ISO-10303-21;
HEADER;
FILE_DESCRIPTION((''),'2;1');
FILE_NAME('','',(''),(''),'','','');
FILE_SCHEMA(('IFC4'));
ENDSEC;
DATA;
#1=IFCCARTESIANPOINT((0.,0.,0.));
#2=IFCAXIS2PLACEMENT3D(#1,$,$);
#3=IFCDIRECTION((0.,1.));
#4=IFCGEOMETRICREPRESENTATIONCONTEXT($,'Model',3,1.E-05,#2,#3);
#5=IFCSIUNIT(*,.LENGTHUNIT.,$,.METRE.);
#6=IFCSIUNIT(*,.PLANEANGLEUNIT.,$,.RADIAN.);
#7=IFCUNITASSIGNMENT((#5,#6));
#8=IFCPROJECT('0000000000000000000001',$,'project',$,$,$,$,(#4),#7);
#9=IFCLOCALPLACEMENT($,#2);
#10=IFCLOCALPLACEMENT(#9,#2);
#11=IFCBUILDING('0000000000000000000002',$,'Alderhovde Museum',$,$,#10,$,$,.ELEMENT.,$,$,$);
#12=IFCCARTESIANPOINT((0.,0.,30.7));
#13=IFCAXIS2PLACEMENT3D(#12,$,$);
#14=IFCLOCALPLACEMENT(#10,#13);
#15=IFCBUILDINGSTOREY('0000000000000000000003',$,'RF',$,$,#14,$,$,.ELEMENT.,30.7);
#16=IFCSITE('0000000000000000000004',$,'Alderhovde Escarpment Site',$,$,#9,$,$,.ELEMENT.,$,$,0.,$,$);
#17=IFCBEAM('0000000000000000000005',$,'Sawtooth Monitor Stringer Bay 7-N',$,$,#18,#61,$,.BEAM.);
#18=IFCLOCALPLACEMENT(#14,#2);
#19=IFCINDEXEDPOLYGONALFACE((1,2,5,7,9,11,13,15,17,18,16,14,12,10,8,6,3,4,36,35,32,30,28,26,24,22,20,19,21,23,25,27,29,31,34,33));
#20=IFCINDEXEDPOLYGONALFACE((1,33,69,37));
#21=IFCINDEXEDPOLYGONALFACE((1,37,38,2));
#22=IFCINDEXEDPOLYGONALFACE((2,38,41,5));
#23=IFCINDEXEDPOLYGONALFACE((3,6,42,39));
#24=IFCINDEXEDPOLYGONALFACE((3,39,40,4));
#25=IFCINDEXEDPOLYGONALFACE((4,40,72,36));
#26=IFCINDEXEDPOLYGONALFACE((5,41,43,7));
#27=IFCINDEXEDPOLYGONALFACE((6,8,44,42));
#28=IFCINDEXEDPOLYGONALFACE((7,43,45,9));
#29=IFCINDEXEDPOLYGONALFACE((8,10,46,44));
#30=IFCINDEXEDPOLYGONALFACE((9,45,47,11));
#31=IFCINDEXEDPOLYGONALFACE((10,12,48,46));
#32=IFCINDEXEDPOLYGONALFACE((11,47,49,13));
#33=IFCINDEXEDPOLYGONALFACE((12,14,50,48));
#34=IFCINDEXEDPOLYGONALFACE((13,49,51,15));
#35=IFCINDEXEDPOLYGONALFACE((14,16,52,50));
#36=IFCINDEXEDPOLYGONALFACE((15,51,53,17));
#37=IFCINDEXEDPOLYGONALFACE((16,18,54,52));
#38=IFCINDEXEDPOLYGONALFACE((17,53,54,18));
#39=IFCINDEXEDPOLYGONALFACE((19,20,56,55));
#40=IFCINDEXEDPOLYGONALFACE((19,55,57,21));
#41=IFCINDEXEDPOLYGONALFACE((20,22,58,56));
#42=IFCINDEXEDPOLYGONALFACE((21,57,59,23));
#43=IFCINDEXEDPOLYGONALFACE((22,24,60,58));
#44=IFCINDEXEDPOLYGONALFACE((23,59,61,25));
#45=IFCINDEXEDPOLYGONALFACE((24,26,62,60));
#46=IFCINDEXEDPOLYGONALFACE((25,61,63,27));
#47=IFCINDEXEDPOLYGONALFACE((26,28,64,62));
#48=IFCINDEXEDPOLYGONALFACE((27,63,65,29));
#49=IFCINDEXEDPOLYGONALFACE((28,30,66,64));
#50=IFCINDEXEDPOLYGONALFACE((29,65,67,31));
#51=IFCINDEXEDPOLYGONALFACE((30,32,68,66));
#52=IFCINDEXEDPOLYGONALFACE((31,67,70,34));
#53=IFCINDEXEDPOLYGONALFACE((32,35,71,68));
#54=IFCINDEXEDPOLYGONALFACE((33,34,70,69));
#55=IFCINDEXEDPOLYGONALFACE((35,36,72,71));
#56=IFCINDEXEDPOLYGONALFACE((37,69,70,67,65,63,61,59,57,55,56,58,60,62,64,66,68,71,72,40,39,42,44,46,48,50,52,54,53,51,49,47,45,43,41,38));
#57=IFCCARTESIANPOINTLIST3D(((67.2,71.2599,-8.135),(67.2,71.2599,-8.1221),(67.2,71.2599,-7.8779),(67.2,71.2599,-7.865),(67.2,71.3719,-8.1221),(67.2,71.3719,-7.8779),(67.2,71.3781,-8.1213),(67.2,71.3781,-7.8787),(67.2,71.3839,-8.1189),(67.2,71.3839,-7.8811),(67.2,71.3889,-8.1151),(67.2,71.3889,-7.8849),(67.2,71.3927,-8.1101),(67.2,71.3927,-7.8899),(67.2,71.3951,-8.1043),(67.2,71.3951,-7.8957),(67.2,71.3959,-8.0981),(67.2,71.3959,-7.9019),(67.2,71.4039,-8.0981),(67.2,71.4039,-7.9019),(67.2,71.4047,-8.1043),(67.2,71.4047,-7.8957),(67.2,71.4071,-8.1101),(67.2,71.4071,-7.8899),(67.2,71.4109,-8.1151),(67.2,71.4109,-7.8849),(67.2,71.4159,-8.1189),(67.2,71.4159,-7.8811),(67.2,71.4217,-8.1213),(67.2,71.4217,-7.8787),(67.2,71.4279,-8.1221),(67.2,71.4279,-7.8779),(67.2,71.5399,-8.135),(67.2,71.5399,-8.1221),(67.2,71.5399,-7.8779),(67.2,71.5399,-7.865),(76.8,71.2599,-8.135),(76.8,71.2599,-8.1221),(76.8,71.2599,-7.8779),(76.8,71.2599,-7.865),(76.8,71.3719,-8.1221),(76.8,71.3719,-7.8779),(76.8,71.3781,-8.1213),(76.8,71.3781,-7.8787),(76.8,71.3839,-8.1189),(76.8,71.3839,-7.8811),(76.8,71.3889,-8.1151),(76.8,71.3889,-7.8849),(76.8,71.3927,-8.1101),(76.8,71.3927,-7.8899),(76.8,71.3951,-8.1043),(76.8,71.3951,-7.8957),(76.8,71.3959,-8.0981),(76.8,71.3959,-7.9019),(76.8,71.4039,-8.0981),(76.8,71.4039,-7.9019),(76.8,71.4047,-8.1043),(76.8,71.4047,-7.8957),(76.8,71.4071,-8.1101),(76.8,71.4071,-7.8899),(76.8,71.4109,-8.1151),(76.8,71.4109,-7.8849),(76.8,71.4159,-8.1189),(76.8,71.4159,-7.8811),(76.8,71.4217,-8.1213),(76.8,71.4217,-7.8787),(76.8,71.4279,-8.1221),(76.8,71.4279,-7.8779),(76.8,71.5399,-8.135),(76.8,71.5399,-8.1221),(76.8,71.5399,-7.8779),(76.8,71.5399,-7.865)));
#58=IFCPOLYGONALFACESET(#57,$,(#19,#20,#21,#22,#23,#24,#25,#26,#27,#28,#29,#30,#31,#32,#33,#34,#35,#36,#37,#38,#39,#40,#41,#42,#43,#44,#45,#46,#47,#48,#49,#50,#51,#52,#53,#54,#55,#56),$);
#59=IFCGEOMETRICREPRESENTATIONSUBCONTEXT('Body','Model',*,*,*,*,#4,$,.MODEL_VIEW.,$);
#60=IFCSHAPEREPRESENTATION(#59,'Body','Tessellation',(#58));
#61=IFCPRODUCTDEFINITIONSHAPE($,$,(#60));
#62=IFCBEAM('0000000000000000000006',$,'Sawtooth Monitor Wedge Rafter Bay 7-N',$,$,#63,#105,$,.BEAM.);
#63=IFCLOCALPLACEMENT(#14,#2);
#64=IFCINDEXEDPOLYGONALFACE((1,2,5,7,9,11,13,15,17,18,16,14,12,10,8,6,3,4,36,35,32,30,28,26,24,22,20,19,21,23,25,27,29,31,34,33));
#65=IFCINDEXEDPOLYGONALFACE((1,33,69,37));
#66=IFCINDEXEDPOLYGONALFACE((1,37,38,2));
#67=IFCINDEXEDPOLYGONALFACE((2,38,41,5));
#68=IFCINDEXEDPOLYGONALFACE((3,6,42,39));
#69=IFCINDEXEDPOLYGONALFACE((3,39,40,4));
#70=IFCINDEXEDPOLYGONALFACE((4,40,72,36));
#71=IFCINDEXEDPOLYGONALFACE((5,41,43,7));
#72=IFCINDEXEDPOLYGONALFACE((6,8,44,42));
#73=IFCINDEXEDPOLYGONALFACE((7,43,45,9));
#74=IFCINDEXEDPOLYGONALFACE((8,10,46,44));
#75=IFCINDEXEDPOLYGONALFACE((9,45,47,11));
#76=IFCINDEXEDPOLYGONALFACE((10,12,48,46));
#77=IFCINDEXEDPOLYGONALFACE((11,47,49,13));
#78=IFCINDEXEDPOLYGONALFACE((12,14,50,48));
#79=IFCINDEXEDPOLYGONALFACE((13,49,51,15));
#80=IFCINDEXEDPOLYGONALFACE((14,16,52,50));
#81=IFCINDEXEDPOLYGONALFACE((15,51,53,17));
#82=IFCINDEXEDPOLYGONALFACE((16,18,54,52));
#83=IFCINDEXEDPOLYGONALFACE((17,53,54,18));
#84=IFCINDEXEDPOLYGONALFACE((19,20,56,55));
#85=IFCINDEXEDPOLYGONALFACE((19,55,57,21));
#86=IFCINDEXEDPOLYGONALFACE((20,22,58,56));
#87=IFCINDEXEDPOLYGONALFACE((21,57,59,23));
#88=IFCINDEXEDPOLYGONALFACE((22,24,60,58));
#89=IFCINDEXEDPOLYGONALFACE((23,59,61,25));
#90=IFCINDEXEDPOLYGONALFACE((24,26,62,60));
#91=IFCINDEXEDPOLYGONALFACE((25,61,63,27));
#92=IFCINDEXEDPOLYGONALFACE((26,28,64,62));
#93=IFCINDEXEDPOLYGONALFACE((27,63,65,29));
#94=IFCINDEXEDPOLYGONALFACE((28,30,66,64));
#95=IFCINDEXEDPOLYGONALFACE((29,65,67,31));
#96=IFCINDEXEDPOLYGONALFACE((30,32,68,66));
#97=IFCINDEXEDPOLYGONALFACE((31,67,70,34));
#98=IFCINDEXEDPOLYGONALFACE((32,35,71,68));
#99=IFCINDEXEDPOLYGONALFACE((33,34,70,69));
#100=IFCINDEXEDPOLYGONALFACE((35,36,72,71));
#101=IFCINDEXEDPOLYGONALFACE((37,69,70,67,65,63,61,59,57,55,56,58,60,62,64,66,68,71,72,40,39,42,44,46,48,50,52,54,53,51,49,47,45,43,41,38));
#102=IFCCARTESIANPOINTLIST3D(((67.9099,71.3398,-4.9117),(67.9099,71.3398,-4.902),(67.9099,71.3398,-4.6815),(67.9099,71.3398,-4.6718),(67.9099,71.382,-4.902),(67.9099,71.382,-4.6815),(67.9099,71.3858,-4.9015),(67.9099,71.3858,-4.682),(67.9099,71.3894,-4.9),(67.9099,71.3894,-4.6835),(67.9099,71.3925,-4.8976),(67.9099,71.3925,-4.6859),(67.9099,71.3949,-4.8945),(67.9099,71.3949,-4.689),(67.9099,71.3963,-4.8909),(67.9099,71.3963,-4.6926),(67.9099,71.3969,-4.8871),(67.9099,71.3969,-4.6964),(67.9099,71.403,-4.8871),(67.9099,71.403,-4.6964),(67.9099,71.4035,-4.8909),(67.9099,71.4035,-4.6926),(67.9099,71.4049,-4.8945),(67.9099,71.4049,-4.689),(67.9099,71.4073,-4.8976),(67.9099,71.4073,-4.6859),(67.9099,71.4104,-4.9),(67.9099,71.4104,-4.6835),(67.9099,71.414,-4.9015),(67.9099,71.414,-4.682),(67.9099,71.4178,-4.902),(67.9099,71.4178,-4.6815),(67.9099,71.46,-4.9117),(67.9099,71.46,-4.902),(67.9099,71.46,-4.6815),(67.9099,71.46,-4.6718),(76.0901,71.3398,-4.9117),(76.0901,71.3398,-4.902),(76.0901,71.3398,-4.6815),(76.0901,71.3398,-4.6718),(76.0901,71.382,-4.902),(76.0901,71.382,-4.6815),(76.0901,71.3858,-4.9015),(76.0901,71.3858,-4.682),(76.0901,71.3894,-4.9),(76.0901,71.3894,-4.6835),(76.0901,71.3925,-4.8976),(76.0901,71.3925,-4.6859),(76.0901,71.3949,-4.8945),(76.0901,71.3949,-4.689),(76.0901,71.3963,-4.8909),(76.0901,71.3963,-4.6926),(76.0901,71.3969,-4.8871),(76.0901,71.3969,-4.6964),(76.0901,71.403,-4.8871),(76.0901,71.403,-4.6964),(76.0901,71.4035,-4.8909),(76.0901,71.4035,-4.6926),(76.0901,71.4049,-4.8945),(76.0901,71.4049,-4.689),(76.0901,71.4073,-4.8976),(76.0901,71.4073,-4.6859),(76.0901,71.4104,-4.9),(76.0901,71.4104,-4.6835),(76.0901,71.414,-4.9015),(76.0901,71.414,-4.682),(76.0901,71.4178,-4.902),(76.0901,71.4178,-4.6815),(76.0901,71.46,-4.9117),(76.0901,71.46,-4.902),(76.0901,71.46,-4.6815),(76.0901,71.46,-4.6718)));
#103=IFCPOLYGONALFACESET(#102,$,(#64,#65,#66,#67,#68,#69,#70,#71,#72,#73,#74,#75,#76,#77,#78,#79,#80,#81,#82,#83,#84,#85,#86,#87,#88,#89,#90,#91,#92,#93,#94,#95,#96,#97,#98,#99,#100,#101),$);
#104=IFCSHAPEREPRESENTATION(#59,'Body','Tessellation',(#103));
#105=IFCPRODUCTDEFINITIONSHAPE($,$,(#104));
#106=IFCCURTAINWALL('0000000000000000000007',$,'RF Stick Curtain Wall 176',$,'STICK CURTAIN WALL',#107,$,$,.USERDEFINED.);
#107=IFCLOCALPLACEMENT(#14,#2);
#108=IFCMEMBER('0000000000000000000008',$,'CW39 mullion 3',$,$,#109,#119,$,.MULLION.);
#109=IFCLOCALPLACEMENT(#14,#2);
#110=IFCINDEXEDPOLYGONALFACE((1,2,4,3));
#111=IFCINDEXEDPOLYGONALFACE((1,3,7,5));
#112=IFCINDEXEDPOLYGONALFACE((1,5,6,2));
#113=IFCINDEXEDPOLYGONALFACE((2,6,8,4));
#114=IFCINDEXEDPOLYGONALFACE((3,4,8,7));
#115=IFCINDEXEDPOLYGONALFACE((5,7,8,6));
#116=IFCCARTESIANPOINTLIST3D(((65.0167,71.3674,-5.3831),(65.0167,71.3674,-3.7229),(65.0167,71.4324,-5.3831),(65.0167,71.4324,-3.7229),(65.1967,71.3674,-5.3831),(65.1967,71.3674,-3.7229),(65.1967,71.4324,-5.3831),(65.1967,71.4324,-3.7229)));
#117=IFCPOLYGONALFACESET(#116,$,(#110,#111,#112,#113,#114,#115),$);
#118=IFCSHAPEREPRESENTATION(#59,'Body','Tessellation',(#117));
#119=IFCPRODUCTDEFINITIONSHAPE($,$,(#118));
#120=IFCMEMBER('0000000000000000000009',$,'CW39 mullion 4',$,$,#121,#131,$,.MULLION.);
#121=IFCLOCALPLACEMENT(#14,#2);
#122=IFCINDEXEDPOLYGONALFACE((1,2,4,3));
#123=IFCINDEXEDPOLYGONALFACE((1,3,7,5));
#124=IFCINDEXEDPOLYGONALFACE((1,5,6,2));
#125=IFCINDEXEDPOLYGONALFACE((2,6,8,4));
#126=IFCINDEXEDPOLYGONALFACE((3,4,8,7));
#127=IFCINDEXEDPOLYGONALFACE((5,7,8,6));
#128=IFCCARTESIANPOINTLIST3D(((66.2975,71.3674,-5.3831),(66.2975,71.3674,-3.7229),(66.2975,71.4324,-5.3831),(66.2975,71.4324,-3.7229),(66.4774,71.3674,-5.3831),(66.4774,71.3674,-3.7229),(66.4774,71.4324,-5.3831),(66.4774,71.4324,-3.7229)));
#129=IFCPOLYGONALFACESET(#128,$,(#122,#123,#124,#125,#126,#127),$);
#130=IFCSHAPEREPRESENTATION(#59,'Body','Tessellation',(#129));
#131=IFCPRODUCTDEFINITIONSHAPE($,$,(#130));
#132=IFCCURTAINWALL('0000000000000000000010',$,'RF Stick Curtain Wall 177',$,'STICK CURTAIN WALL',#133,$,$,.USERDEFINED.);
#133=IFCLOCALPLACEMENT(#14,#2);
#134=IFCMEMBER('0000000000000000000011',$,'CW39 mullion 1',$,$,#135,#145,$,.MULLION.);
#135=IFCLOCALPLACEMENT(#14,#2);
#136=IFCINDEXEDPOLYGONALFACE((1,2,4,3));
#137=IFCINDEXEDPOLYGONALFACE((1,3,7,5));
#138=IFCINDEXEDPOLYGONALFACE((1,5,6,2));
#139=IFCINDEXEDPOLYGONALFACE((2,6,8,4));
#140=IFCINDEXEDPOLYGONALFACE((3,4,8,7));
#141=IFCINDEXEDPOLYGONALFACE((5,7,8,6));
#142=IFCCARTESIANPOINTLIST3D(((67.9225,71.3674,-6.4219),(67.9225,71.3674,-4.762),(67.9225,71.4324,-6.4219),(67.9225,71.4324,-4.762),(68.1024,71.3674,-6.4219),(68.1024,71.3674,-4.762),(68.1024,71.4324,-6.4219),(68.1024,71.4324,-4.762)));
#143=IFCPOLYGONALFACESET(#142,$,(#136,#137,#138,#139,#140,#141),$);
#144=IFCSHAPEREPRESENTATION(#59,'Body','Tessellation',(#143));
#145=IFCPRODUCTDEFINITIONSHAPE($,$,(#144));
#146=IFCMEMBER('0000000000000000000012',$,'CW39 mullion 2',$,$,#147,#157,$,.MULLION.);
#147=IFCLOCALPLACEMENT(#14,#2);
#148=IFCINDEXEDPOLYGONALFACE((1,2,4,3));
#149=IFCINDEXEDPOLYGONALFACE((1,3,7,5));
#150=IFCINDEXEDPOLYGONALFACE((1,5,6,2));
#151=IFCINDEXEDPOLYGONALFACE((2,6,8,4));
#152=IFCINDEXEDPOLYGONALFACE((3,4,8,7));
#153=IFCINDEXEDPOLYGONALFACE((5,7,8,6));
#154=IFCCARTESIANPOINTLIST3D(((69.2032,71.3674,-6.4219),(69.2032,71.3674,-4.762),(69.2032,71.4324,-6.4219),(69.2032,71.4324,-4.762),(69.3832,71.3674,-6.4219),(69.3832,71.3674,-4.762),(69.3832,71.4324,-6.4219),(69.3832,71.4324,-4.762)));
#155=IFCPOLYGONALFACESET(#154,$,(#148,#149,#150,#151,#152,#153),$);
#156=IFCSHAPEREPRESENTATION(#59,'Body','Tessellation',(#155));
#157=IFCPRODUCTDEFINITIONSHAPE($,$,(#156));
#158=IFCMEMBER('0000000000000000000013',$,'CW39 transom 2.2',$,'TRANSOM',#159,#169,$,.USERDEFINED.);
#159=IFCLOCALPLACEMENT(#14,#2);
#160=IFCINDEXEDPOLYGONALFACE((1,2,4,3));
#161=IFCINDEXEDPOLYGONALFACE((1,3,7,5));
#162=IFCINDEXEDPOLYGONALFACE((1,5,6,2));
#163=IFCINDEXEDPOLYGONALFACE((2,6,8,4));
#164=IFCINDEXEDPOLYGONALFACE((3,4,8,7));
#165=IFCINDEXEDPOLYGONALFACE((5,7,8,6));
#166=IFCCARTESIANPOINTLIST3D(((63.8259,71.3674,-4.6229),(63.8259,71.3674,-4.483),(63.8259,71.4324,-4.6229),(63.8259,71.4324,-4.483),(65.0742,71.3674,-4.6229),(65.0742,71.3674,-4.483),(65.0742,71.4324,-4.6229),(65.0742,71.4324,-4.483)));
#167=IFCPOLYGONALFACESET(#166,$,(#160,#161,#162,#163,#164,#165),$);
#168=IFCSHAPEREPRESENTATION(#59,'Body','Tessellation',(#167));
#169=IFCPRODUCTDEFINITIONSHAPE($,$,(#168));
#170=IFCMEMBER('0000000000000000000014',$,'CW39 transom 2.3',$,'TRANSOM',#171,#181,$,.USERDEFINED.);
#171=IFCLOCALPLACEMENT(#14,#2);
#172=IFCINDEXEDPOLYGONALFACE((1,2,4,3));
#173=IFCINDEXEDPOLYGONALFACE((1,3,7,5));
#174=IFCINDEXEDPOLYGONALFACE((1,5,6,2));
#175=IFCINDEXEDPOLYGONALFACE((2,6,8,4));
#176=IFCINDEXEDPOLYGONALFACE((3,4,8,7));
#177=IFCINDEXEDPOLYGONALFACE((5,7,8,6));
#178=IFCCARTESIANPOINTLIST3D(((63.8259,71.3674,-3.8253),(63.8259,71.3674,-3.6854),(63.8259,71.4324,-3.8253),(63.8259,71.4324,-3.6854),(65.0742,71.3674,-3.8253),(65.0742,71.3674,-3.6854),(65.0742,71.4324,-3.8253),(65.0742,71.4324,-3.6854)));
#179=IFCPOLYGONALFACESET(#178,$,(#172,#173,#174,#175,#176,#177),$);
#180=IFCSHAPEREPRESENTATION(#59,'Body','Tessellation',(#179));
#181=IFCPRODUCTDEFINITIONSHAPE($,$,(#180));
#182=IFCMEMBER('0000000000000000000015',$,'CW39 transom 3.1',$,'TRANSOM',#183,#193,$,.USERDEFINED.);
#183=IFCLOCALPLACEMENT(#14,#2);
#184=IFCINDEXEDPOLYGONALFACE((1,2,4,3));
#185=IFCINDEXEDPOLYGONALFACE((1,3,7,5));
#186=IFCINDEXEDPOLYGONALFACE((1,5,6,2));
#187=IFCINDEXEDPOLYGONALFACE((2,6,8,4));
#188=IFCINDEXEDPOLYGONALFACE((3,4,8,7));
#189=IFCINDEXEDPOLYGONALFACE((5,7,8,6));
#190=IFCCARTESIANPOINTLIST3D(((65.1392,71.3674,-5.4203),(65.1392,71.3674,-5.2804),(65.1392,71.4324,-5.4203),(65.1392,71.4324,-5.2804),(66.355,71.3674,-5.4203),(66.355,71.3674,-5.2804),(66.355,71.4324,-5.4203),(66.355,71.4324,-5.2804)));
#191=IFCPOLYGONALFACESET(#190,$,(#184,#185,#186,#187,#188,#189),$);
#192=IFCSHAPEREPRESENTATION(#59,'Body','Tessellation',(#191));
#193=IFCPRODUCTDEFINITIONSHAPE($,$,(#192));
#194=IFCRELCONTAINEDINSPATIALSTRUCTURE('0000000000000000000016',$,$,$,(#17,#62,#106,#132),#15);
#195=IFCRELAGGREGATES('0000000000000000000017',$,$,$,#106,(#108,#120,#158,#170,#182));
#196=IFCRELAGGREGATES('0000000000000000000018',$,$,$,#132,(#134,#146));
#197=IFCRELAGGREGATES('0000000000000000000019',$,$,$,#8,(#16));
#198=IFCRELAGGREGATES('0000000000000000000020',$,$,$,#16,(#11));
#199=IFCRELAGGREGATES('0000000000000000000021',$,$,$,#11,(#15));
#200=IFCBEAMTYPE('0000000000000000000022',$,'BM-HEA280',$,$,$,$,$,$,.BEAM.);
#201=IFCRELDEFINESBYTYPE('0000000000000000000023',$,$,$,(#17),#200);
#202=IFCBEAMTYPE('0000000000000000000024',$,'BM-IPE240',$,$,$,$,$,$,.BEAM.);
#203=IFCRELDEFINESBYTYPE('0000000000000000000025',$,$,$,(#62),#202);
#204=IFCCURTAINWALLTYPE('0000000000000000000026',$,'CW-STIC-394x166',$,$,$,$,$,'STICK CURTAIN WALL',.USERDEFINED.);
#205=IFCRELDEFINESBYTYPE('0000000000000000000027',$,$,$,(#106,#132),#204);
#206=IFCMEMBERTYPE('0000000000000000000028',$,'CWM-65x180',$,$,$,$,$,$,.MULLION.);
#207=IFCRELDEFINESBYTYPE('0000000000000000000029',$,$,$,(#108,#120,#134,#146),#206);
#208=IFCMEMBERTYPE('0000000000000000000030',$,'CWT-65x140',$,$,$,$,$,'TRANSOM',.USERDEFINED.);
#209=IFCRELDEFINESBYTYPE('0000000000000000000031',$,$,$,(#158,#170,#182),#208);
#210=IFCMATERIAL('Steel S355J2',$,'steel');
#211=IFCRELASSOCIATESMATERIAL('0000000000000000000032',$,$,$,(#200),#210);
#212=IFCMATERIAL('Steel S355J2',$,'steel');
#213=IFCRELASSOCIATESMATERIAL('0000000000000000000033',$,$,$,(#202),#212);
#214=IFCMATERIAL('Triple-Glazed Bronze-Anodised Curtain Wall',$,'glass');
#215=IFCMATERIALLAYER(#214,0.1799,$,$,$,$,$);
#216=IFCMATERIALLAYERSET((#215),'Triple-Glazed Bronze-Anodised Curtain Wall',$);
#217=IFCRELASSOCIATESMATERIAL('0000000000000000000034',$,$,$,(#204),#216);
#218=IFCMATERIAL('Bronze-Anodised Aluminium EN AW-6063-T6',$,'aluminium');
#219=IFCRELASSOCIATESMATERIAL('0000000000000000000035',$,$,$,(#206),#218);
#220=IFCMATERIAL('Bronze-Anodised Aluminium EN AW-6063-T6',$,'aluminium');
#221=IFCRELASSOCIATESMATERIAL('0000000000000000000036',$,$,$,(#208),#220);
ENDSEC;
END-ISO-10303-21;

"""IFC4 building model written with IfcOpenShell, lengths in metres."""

from ifc_helpers import new_model, si_unit, direction, frame, origin, origin_2d, place, context, subcontext, project, spatial, rectangle, i_section, extrude, material, layer, layer_set, material_profile, profile_set, type_object, element, aggregate, save


model = new_model("IFC4")

# Units and contexts
model_context = context("Model", 3, precision=1e-05, world=origin(), true_north=direction((0.0, 1.0)))
body_context = subcontext(model_context, "Body", "Model", "MODEL_VIEW")
ifc_project = project(units=[si_unit("LENGTHUNIT", "METRE"), si_unit("PLANEANGLEUNIT", "RADIAN")], contexts=[model_context])

# Site, building, storey
site_placement = place(None, origin())
site = spatial("IfcSite", under=ifc_project, at=site_placement, Name="Alderhovde Escarpment Site", CompositionType="ELEMENT", RefElevation=0.0)
building_placement = place(site_placement, origin())
building = spatial("IfcBuilding", under=site, at=building_placement, Name="Alderhovde Museum", CompositionType="ELEMENT")
storey_placement = place(building_placement, frame((0.0, 0.0, 30.7)))
storey = spatial("IfcBuildingStorey", under=building, at=storey_placement, Name="RF", CompositionType="ELEMENT", Elevation=30.7)

# Beams
ifc_material_1 = material(Name="Steel S355J2", Category="steel")
ifc_material_profile_1 = material_profile(ifc_material_1, i_section(OverallWidth=0.28, OverallDepth=0.27, WebThickness=0.0081, FlangeThickness=0.0129, FilletRadius=0.0239, at=origin_2d()), Name="HEA 280")
ifc_profile_set_1 = profile_set([ifc_material_profile_1], Name="Steel S355J2")
beam_type_1 = type_object("IfcBeamType", Name="BM-HEA280", PredefinedType="BEAM", material=ifc_profile_set_1)
beam_1_placement = place(storey_placement, frame((67.2, 71.3999, -8.0), z_axis=(1.0, 0.0, 0.0), x_axis=(0.0, 1.0, 0.0)))
element("IfcBeam", 1, at=beam_1_placement, inside=storey, type_object=beam_type_1, Name="Sawtooth Monitor Stringer Bay 7-N", PredefinedType="BEAM", context=body_context, shape_type="SweptSolid", body=[
    extrude(i_section(OverallWidth=0.28, OverallDepth=0.27, WebThickness=0.0081, FlangeThickness=0.0129, FilletRadius=0.0239, at=origin_2d()), origin(), (0.0, 0.0, 1.0), 9.6001),
])
ifc_material_2 = material(Name="Steel S355J2", Category="steel")
ifc_material_profile_2 = material_profile(ifc_material_2, i_section(OverallWidth=0.1201, OverallDepth=0.24, WebThickness=0.0061, FlangeThickness=0.0098, FilletRadius=0.0149, at=origin_2d()), Name="IPE 240")
ifc_profile_set_2 = profile_set([ifc_material_profile_2], Name="Steel S355J2")
beam_type_2 = type_object("IfcBeamType", Name="BM-IPE240", PredefinedType="BEAM", material=ifc_profile_set_2)
beam_2_placement = place(storey_placement, frame((67.9099, 71.3999, -4.7917), z_axis=(1.0, 0.0, 0.0), x_axis=(0.0, 1.0, 0.0)))
element("IfcBeam", 2, at=beam_2_placement, inside=storey, type_object=beam_type_2, Name="Sawtooth Monitor Wedge Rafter Bay 7-N", PredefinedType="BEAM", context=body_context, shape_type="SweptSolid", body=[
    extrude(i_section(OverallWidth=0.1201, OverallDepth=0.24, WebThickness=0.0061, FlangeThickness=0.0098, FilletRadius=0.0149, at=origin_2d()), origin(), (0.0, 0.0, 1.0), 8.1802),
])

# Curtain walls, members
ifc_material_3 = material(Name="Triple-Glazed Bronze-Anodised Curtain Wall", Category="glass")
ifc_layer_1 = layer(ifc_material_3, 0.1799)
ifc_layer_set_1 = layer_set([ifc_layer_1], Name="Triple-Glazed Bronze-Anodised Curtain Wall")
curtain_wall_type = type_object("IfcCurtainWallType", Name="CW-STIC-394x166", ElementType="STICK CURTAIN WALL", PredefinedType="USERDEFINED", material=ifc_layer_set_1)
curtain_wall_1_placement = place(storey_placement, origin())
curtain_wall_1 = element("IfcCurtainWall", 3, at=curtain_wall_1_placement, inside=storey, type_object=curtain_wall_type, Name="RF Stick Curtain Wall 176", ObjectType="STICK CURTAIN WALL", PredefinedType="USERDEFINED")
ifc_material_4 = material(Name="Bronze-Anodised Aluminium EN AW-6063-T6", Category="aluminium")
ifc_material_profile_3 = material_profile(ifc_material_4, rectangle(XDim=0.0649, YDim=0.1799, at=origin_2d()), Name="MULLION 65x180")
ifc_profile_set_3 = profile_set([ifc_material_profile_3], Name="Bronze-Anodised Aluminium EN AW-6063-T6")
member_type_1 = type_object("IfcMemberType", Name="CWM-65x180", PredefinedType="MULLION", material=ifc_profile_set_3)
member_1_placement = place(storey_placement, frame((65.1067, 71.3999, -5.3831), z_axis=(0.0, 0.0, 1.0), x_axis=(0.0, 1.0, 0.0)))
member_1 = element("IfcMember", 4, at=member_1_placement, type_object=member_type_1, Name="CW39 mullion 3", PredefinedType="MULLION", context=body_context, shape_type="SweptSolid", body=[
    extrude(rectangle(XDim=0.0649, YDim=0.1799, at=origin_2d()), origin(), (0.0, 0.0, 1.0), 1.6602),
])
member_2_placement = place(storey_placement, frame((66.3875, 71.3999, -5.3831), z_axis=(0.0, 0.0, 1.0), x_axis=(0.0, 1.0, 0.0)))
member_2 = element("IfcMember", 5, at=member_2_placement, type_object=member_type_1, Name="CW39 mullion 4", PredefinedType="MULLION", context=body_context, shape_type="SweptSolid", body=[
    extrude(rectangle(XDim=0.0649, YDim=0.1799, at=origin_2d()), origin(), (0.0, 0.0, 1.0), 1.6602),
])
curtain_wall_2_placement = place(storey_placement, origin())
curtain_wall_2 = element("IfcCurtainWall", 6, at=curtain_wall_2_placement, inside=storey, type_object=curtain_wall_type, Name="RF Stick Curtain Wall 177", ObjectType="STICK CURTAIN WALL", PredefinedType="USERDEFINED")
member_3_placement = place(storey_placement, frame((68.0125, 71.3999, -6.4219), z_axis=(0.0, 0.0, 1.0), x_axis=(0.0, 1.0, 0.0)))
member_3 = element("IfcMember", 7, at=member_3_placement, type_object=member_type_1, Name="CW39 mullion 1", PredefinedType="MULLION", context=body_context, shape_type="SweptSolid", body=[
    extrude(rectangle(XDim=0.0649, YDim=0.1799, at=origin_2d()), origin(), (0.0, 0.0, 1.0), 1.6599),
])
member_4_placement = place(storey_placement, frame((69.2932, 71.3999, -6.4219), z_axis=(0.0, 0.0, 1.0), x_axis=(0.0, 1.0, 0.0)))
member_4 = element("IfcMember", 8, at=member_4_placement, type_object=member_type_1, Name="CW39 mullion 2", PredefinedType="MULLION", context=body_context, shape_type="SweptSolid", body=[
    extrude(rectangle(XDim=0.0649, YDim=0.1799, at=origin_2d()), origin(), (0.0, 0.0, 1.0), 1.6599),
])

# Members
ifc_material_5 = material(Name="Bronze-Anodised Aluminium EN AW-6063-T6", Category="aluminium")
ifc_material_profile_4 = material_profile(ifc_material_5, rectangle(XDim=0.0649, YDim=0.1399, at=origin_2d()), Name="TRANSOM 65x140")
ifc_profile_set_4 = profile_set([ifc_material_profile_4], Name="Bronze-Anodised Aluminium EN AW-6063-T6")
member_type_2 = type_object("IfcMemberType", Name="CWT-65x140", ElementType="TRANSOM", PredefinedType="USERDEFINED", material=ifc_profile_set_4)
member_5_placement = place(storey_placement, frame((63.8259, 71.3999, -4.553), z_axis=(1.0, 0.0, 0.0), x_axis=(0.0, 1.0, 0.0)))
member_5 = element("IfcMember", 9, at=member_5_placement, type_object=member_type_2, Name="CW39 transom 2.2", ObjectType="TRANSOM", PredefinedType="USERDEFINED", context=body_context, shape_type="SweptSolid", body=[
    extrude(rectangle(XDim=0.0649, YDim=0.1399, at=origin_2d()), origin(), (0.0, 0.0, 1.0), 1.2483),
])
member_6_placement = place(storey_placement, frame((63.8259, 71.3999, -3.7554), z_axis=(1.0, 0.0, 0.0), x_axis=(0.0, 1.0, 0.0)))
member_6 = element("IfcMember", 10, at=member_6_placement, type_object=member_type_2, Name="CW39 transom 2.3", ObjectType="TRANSOM", PredefinedType="USERDEFINED", context=body_context, shape_type="SweptSolid", body=[
    extrude(rectangle(XDim=0.0649, YDim=0.1399, at=origin_2d()), origin(), (0.0, 0.0, 1.0), 1.2483),
])
member_7_placement = place(storey_placement, frame((65.1392, 71.3999, -5.3503), z_axis=(1.0, 0.0, 0.0), x_axis=(0.0, 1.0, 0.0)))
member_7 = element("IfcMember", 11, at=member_7_placement, type_object=member_type_2, Name="CW39 transom 3.1", ObjectType="TRANSOM", PredefinedType="USERDEFINED", context=body_context, shape_type="SweptSolid", body=[
    extrude(rectangle(XDim=0.0649, YDim=0.1399, at=origin_2d()), origin(), (0.0, 0.0, 1.0), 1.2158),
])

aggregate(curtain_wall_1, [member_1, member_2, member_5, member_6, member_7])
aggregate(curtain_wall_2, [member_3, member_4])

save(model, "model.ifc")
